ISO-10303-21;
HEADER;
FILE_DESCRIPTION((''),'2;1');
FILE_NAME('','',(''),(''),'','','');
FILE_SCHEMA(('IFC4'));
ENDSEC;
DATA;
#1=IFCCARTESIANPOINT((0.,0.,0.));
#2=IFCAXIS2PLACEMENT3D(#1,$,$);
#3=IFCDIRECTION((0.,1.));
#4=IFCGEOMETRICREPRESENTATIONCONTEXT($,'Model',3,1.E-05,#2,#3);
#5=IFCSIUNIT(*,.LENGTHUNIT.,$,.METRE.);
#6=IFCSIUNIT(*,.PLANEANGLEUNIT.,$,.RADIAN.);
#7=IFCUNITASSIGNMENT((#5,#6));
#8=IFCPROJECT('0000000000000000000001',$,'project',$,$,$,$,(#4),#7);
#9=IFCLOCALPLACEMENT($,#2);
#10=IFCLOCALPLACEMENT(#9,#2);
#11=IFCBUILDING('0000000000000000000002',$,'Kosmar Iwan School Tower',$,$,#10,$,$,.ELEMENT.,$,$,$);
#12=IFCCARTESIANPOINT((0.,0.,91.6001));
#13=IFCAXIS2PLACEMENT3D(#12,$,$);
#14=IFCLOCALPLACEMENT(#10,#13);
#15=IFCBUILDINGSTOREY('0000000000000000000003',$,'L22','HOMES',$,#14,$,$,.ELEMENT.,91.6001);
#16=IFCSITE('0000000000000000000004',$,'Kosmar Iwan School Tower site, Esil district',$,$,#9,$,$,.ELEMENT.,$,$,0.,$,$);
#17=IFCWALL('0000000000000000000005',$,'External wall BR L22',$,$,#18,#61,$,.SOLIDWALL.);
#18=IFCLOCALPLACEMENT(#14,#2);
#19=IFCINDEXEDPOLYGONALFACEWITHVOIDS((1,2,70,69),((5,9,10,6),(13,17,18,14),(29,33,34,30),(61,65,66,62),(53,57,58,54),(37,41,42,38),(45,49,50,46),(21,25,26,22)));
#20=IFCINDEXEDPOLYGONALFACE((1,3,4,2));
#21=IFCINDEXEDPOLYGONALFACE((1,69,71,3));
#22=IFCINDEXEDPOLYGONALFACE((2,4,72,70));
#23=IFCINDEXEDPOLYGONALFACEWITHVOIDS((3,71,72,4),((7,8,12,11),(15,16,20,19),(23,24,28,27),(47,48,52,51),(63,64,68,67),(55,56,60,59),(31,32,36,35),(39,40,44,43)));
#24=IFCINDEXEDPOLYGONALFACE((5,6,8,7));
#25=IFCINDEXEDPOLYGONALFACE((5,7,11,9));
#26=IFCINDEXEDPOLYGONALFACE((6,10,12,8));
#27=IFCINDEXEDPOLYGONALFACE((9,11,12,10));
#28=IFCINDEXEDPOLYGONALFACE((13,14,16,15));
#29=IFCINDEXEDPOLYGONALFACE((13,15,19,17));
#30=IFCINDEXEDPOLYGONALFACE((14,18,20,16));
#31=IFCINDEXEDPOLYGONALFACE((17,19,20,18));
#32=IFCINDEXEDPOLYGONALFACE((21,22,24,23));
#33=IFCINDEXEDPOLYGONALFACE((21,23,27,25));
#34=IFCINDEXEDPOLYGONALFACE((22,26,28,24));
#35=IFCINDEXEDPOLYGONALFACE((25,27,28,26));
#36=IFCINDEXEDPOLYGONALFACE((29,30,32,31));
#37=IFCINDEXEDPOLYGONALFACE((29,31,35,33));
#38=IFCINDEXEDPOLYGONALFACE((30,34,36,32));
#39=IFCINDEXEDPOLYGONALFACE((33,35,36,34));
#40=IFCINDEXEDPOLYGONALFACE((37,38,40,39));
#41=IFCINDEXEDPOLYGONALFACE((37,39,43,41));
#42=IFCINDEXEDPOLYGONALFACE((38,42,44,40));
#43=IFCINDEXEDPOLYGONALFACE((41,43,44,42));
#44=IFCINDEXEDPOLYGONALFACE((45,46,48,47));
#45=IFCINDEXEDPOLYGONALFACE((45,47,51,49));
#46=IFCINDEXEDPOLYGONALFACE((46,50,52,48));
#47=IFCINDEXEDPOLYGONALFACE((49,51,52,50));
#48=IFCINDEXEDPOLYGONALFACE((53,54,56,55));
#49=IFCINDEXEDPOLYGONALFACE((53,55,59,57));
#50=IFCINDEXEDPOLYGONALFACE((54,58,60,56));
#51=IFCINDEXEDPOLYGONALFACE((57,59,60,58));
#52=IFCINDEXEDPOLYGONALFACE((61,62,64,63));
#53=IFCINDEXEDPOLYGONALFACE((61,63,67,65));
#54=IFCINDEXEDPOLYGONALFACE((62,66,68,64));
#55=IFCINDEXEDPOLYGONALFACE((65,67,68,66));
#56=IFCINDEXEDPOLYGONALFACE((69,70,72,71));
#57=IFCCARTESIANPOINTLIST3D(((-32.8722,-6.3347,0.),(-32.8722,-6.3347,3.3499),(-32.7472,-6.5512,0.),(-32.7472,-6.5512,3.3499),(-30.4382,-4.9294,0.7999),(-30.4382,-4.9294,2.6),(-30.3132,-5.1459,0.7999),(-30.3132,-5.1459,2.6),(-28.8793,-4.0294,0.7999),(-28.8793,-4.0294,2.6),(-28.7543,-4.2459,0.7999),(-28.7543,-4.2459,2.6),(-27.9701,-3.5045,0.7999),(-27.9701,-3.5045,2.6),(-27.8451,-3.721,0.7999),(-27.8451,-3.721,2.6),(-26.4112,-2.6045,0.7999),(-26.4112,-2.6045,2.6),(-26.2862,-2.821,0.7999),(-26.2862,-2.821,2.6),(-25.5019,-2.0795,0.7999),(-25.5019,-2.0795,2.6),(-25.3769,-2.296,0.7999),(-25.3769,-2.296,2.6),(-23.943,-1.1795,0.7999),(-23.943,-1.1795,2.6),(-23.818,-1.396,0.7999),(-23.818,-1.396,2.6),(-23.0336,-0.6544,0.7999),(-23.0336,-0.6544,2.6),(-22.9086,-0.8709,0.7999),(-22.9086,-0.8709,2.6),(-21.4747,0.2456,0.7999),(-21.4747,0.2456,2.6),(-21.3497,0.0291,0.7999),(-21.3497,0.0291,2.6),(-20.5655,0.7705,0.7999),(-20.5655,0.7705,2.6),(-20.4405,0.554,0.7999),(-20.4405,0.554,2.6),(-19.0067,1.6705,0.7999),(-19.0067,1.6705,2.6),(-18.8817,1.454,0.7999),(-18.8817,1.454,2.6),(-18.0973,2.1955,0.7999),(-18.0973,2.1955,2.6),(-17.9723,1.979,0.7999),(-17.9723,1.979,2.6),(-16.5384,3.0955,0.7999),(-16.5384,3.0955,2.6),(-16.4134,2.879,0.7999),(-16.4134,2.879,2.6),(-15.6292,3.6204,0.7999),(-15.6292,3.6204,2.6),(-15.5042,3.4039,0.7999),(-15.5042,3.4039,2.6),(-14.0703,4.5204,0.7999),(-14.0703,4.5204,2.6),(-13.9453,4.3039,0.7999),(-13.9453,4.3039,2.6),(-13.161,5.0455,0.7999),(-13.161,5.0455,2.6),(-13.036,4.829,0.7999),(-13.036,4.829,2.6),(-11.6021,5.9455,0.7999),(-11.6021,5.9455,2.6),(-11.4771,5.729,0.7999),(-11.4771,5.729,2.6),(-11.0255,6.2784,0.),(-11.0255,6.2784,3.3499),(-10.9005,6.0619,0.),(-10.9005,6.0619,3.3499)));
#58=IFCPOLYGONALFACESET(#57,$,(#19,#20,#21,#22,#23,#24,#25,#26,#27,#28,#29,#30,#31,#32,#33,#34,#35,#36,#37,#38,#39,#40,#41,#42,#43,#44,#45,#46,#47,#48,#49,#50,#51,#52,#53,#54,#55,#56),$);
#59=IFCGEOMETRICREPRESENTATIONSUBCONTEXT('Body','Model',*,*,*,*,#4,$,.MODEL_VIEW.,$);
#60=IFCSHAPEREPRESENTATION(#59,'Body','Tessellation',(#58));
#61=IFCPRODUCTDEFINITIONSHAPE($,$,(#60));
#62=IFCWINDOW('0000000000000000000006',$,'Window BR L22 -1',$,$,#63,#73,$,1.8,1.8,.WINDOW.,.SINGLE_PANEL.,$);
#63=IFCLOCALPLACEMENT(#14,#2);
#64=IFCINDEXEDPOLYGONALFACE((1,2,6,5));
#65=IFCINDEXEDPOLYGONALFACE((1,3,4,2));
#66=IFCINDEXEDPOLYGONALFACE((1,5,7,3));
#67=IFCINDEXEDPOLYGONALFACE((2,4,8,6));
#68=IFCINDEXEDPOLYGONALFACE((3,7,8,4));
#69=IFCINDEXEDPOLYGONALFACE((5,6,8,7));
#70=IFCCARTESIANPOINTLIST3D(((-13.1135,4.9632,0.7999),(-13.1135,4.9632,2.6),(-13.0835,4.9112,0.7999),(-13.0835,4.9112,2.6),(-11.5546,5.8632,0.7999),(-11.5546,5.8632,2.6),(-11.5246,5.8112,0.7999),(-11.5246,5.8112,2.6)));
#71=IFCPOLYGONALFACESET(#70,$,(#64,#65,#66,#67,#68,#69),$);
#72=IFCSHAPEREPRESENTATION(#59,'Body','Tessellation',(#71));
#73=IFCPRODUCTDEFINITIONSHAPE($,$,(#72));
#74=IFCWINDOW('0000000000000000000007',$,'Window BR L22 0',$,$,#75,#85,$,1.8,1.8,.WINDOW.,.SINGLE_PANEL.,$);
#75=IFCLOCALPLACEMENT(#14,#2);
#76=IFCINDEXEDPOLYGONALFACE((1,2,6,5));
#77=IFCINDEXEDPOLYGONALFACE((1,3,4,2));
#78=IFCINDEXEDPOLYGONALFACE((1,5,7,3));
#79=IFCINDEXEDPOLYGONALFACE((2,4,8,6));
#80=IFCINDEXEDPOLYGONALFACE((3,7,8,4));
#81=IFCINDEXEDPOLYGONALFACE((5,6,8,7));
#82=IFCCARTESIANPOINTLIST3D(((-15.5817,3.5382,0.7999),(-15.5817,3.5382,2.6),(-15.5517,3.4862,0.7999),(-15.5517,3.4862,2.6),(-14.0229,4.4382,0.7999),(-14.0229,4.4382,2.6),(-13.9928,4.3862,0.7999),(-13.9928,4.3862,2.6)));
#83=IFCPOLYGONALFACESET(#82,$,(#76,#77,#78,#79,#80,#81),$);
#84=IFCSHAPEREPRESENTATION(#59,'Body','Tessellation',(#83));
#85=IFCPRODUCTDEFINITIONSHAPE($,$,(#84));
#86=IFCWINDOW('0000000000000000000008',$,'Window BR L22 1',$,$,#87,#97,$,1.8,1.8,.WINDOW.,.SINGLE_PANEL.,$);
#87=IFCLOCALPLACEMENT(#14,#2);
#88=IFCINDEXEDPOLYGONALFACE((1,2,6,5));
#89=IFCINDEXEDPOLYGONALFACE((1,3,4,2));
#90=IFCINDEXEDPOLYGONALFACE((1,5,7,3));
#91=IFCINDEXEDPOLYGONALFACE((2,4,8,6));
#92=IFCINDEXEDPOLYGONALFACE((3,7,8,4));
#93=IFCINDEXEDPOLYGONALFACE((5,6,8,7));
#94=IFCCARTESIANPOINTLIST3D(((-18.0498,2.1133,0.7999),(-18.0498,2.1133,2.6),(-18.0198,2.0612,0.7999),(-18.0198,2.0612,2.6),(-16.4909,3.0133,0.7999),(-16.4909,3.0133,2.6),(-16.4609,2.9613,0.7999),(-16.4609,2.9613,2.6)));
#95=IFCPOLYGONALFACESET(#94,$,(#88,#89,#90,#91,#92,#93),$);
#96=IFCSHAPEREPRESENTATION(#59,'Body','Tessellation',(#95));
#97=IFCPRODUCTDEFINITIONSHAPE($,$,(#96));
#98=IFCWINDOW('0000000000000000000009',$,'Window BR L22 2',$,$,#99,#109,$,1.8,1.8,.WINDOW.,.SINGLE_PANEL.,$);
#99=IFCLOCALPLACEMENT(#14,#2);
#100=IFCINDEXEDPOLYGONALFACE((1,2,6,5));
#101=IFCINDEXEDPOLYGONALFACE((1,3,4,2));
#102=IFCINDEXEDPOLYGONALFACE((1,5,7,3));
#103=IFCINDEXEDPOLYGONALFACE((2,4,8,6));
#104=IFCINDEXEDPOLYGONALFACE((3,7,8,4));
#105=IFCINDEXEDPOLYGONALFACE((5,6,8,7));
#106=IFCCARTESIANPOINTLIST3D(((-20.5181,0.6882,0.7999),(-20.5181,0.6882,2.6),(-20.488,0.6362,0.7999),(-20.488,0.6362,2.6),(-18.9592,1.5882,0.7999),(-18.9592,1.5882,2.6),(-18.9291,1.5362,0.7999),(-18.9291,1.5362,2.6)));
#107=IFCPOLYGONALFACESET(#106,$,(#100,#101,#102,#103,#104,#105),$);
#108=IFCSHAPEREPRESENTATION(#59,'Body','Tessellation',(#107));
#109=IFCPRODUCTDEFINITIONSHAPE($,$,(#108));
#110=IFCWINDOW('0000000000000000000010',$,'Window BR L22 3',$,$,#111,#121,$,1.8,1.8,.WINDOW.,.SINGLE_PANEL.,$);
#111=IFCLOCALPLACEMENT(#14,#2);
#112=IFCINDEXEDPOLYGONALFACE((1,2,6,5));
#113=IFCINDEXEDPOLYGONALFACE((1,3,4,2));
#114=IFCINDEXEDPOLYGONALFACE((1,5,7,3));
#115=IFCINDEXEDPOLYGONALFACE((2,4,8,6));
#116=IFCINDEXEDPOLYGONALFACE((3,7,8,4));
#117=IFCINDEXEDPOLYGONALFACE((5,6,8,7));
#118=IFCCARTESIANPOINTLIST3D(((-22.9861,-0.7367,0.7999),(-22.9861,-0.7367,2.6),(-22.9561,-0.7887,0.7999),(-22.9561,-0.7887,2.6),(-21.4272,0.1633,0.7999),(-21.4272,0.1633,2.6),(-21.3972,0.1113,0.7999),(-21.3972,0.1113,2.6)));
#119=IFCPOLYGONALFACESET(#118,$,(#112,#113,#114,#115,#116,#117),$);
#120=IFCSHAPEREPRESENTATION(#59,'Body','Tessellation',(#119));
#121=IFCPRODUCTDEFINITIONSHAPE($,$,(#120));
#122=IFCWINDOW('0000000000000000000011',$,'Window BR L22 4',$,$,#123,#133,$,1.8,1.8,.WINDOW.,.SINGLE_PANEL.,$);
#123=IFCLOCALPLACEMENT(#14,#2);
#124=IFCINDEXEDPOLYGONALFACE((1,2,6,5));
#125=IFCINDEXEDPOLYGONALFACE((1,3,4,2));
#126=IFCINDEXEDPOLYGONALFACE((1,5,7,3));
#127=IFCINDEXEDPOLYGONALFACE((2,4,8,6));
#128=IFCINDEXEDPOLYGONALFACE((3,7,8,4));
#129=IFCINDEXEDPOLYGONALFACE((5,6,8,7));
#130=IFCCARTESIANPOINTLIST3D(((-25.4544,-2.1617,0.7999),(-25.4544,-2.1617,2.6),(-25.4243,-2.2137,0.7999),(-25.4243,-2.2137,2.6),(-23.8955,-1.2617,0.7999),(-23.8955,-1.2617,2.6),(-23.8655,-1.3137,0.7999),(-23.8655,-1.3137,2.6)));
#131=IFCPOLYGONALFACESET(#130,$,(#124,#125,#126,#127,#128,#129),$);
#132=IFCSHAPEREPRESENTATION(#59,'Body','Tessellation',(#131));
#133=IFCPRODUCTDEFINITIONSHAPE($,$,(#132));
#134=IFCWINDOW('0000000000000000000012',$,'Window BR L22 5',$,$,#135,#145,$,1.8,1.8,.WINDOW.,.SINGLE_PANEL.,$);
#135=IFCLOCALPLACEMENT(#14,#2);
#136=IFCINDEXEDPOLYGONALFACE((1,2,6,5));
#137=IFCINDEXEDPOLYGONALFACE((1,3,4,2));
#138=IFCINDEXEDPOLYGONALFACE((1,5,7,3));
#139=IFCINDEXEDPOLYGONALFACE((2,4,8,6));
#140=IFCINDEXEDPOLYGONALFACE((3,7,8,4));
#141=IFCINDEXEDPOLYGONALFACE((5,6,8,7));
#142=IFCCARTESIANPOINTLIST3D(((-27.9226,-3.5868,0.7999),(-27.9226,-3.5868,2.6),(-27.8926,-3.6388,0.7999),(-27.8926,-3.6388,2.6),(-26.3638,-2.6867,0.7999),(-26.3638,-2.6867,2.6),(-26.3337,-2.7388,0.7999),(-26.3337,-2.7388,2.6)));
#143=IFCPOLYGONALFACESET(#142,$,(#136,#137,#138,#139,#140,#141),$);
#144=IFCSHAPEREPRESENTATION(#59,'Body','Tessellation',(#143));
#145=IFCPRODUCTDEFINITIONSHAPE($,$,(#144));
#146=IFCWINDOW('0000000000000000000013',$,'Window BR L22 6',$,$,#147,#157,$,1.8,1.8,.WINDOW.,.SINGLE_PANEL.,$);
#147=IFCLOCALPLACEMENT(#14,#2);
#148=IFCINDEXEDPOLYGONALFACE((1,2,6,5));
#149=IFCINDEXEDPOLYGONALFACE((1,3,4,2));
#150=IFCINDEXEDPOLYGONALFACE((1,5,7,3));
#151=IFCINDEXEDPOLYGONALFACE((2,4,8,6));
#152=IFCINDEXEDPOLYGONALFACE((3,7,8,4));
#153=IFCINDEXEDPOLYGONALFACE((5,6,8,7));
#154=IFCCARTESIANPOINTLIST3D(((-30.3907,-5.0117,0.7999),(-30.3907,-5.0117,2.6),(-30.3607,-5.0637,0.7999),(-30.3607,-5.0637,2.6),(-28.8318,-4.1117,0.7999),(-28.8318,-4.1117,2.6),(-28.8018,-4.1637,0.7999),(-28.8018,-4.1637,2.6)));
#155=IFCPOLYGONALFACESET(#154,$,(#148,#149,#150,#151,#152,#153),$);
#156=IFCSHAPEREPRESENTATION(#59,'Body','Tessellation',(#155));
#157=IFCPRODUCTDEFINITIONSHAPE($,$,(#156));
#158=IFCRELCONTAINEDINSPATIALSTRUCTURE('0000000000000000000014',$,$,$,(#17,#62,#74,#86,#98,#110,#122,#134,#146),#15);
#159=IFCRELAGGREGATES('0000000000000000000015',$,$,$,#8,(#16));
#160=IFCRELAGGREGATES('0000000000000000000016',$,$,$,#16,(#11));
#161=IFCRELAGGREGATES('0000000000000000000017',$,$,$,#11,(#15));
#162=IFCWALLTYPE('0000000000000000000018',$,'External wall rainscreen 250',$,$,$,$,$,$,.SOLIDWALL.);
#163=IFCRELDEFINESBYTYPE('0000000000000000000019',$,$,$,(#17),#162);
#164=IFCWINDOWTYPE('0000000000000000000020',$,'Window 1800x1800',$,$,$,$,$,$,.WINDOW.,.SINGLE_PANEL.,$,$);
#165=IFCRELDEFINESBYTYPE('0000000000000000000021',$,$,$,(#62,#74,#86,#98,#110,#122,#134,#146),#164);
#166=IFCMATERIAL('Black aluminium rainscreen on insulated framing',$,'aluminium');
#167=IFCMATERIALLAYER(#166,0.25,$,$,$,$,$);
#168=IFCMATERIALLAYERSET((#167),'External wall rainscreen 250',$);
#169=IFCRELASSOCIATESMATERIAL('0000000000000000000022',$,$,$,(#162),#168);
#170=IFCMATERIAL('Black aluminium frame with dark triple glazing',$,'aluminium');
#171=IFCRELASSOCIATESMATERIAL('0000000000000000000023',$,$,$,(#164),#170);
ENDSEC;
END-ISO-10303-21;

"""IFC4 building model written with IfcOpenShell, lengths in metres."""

from ifc_helpers import new_model, si_unit, direction, frame, frame_2d, origin, place, context, subcontext, project, spatial, rectangle, extrude, material, layer, layer_set, type_object, element, fill, save


model = new_model("IFC4")

# Units and contexts
model_context = context("Model", 3, precision=1e-05, world=origin(), true_north=direction((0.0, 1.0)))
body_context = subcontext(model_context, "Body", "Model", "MODEL_VIEW")
ifc_project = project(units=[si_unit("LENGTHUNIT", "METRE"), si_unit("PLANEANGLEUNIT", "RADIAN")], contexts=[model_context])

# Site, building, storey
site_placement = place(None, origin())
site = spatial("IfcSite", under=ifc_project, at=site_placement, Name="Kosmar Iwan School Tower site, Esil district", CompositionType="ELEMENT", RefElevation=0.0)
building_placement = place(site_placement, origin())
building = spatial("IfcBuilding", under=site, at=building_placement, Name="Kosmar Iwan School Tower", CompositionType="ELEMENT")
storey_placement = place(building_placement, frame((0.0, 0.0, 91.6001)))
storey = spatial("IfcBuildingStorey", under=building, at=storey_placement, Name="L22", Description="HOMES", CompositionType="ELEMENT", Elevation=91.6001)

# Wall, openings, windows
ifc_material_1 = material(Name="Black aluminium rainscreen on insulated framing", Category="aluminium")
ifc_layer = layer(ifc_material_1, 0.25)
ifc_layer_set = layer_set([ifc_layer], Name="External wall rainscreen 250")
wall_type = type_object("IfcWallType", Name="External wall rainscreen 250", PredefinedType="SOLIDWALL", material=ifc_layer_set)
ifc_material_2 = material(Name="Black aluminium frame with dark triple glazing", Category="aluminium")
window_type = type_object("IfcWindowType", Name="Window 1800x1800", PartitioningType="SINGLE_PANEL", PredefinedType="WINDOW", material=ifc_material_2)
wall_1_placement = place(storey_placement, frame((-10.9629, 6.1702, 0.0), z_axis=(0.0, 0.0, 1.0), x_axis=(-0.866028, -0.499996, 0.0)))
wall_1 = element("IfcWall", 1, at=wall_1_placement, inside=storey, type_object=wall_type, Name="External wall BR L22", PredefinedType="SOLIDWALL", context=body_context, shape_type="SweptSolid", body=[
    extrude(rectangle(XDim=25.2263, YDim=0.25, at=frame_2d((12.6133, 0.0))), origin(), (0.0, 0.0, 1.0), 3.3499),
])
opening_1_placement = place(wall_1_placement, frame((0.666, 0.0, 0.8)))
opening_1 = element("IfcOpeningElement", 2, at=opening_1_placement, cuts=wall_1, PredefinedType="OPENING", context=body_context, shape_type="SweptSolid", body=[
    extrude(rectangle(XDim=1.8, YDim=1.8, at=frame_2d((0.8999, 0.8999))), frame((0.0, 0.137, 0.0), z_axis=(0.0, -1.0, 0.0), x_axis=(1.0, 0.0, 0.0)), (0.0, 0.0, 1.0), 0.2739),
])
opening_2_placement = place(wall_1_placement, frame((3.5161, 0.0, 0.8)))
opening_2 = element("IfcOpeningElement", 3, at=opening_2_placement, cuts=wall_1, PredefinedType="OPENING", context=body_context, shape_type="SweptSolid", body=[
    extrude(rectangle(XDim=1.8, YDim=1.8, at=frame_2d((0.8999, 0.8999))), frame((0.0, 0.137, 0.0), z_axis=(0.0, -1.0, 0.0), x_axis=(1.0, 0.0, 0.0)), (0.0, 0.0, 1.0), 0.2739),
])
opening_3_placement = place(wall_1_placement, frame((6.366, 0.0, 0.8)))
opening_3 = element("IfcOpeningElement", 4, at=opening_3_placement, cuts=wall_1, PredefinedType="OPENING", context=body_context, shape_type="SweptSolid", body=[
    extrude(rectangle(XDim=1.8, YDim=1.8, at=frame_2d((0.8999, 0.8999))), frame((0.0, 0.137, 0.0), z_axis=(0.0, -1.0, 0.0), x_axis=(1.0, 0.0, 0.0)), (0.0, 0.0, 1.0), 0.2739),
])
opening_4_placement = place(wall_1_placement, frame((9.2161, 0.0, 0.8)))
opening_4 = element("IfcOpeningElement", 5, at=opening_4_placement, cuts=wall_1, PredefinedType="OPENING", context=body_context, shape_type="SweptSolid", body=[
    extrude(rectangle(XDim=1.8, YDim=1.8, at=frame_2d((0.8999, 0.8999))), frame((0.0, 0.137, 0.0), z_axis=(0.0, -1.0, 0.0), x_axis=(1.0, 0.0, 0.0)), (0.0, 0.0, 1.0), 0.2739),
])
opening_5_placement = place(wall_1_placement, frame((12.0659, 0.0, 0.8)))
opening_5 = element("IfcOpeningElement", 6, at=opening_5_placement, cuts=wall_1, PredefinedType="OPENING", context=body_context, shape_type="SweptSolid", body=[
    extrude(rectangle(XDim=1.8, YDim=1.8, at=frame_2d((0.8999, 0.8999))), frame((0.0, 0.137, 0.0), z_axis=(0.0, -1.0, 0.0), x_axis=(1.0, 0.0, 0.0)), (0.0, 0.0, 1.0), 0.2739),
])
opening_6_placement = place(wall_1_placement, frame((14.916, 0.0, 0.8)))
opening_6 = element("IfcOpeningElement", 7, at=opening_6_placement, cuts=wall_1, PredefinedType="OPENING", context=body_context, shape_type="SweptSolid", body=[
    extrude(rectangle(XDim=1.8, YDim=1.8, at=frame_2d((0.8999, 0.8999))), frame((0.0, 0.137, 0.0), z_axis=(0.0, -1.0, 0.0), x_axis=(1.0, 0.0, 0.0)), (0.0, 0.0, 1.0), 0.2739),
])
opening_7_placement = place(wall_1_placement, frame((17.7661, 0.0, 0.8)))
opening_7 = element("IfcOpeningElement", 8, at=opening_7_placement, cuts=wall_1, PredefinedType="OPENING", context=body_context, shape_type="SweptSolid", body=[
    extrude(rectangle(XDim=1.8, YDim=1.8, at=frame_2d((0.8999, 0.8999))), frame((0.0, 0.137, 0.0), z_axis=(0.0, -1.0, 0.0), x_axis=(1.0, 0.0, 0.0)), (0.0, 0.0, 1.0), 0.2739),
])
opening_8_placement = place(wall_1_placement, frame((20.616, 0.0, 0.8)))
opening_8 = element("IfcOpeningElement", 9, at=opening_8_placement, cuts=wall_1, PredefinedType="OPENING", context=body_context, shape_type="SweptSolid", body=[
    extrude(rectangle(XDim=1.8, YDim=1.8, at=frame_2d((0.8999, 0.8999))), frame((0.0, 0.137, 0.0), z_axis=(0.0, -1.0, 0.0), x_axis=(1.0, 0.0, 0.0)), (0.0, 0.0, 1.0), 0.2739),
])
window_1_placement = place(opening_1_placement, origin())
window_1 = element("IfcWindow", 10, at=window_1_placement, inside=storey, type_object=window_type, Name="Window BR L22 -1", OverallHeight=1.8, OverallWidth=1.8, PartitioningType="SINGLE_PANEL", PredefinedType="WINDOW", context=body_context, shape_type="SweptSolid", body=[
    extrude(rectangle(XDim=1.8, YDim=1.8, at=frame_2d((0.8999, 0.8999))), frame((0.0, 0.03, 0.0), z_axis=(0.0, -1.0, 0.0), x_axis=(1.0, 0.0, 0.0)), (0.0, 0.0, 1.0), 0.0601),
])
fill(opening_1, window_1)
window_2_placement = place(opening_2_placement, origin())
window_2 = element("IfcWindow", 11, at=window_2_placement, inside=storey, type_object=window_type, Name="Window BR L22 0", OverallHeight=1.8, OverallWidth=1.8, PartitioningType="SINGLE_PANEL", PredefinedType="WINDOW", context=body_context, shape_type="SweptSolid", body=[
    extrude(rectangle(XDim=1.8, YDim=1.8, at=frame_2d((0.8999, 0.8999))), frame((0.0, 0.03, 0.0), z_axis=(0.0, -1.0, 0.0), x_axis=(1.0, 0.0, 0.0)), (0.0, 0.0, 1.0), 0.0601),
])
fill(opening_2, window_2)
window_3_placement = place(opening_3_placement, origin())
window_3 = element("IfcWindow", 12, at=window_3_placement, inside=storey, type_object=window_type, Name="Window BR L22 1", OverallHeight=1.8, OverallWidth=1.8, PartitioningType="SINGLE_PANEL", PredefinedType="WINDOW", context=body_context, shape_type="SweptSolid", body=[
    extrude(rectangle(XDim=1.8, YDim=1.8, at=frame_2d((0.8999, 0.8999))), frame((0.0, 0.03, 0.0), z_axis=(0.0, -1.0, 0.0), x_axis=(1.0, 0.0, 0.0)), (0.0, 0.0, 1.0), 0.0601),
])
fill(opening_3, window_3)
window_4_placement = place(opening_4_placement, origin())
window_4 = element("IfcWindow", 13, at=window_4_placement, inside=storey, type_object=window_type, Name="Window BR L22 2", OverallHeight=1.8, OverallWidth=1.8, PartitioningType="SINGLE_PANEL", PredefinedType="WINDOW", context=body_context, shape_type="SweptSolid", body=[
    extrude(rectangle(XDim=1.8, YDim=1.8, at=frame_2d((0.8999, 0.8999))), frame((0.0, 0.03, 0.0), z_axis=(0.0, -1.0, 0.0), x_axis=(1.0, 0.0, 0.0)), (0.0, 0.0, 1.0), 0.0601),
])
fill(opening_4, window_4)
window_5_placement = place(opening_5_placement, origin())
window_5 = element("IfcWindow", 14, at=window_5_placement, inside=storey, type_object=window_type, Name="Window BR L22 3", OverallHeight=1.8, OverallWidth=1.8, PartitioningType="SINGLE_PANEL", PredefinedType="WINDOW", context=body_context, shape_type="SweptSolid", body=[
    extrude(rectangle(XDim=1.8, YDim=1.8, at=frame_2d((0.8999, 0.8999))), frame((0.0, 0.03, 0.0), z_axis=(0.0, -1.0, 0.0), x_axis=(1.0, 0.0, 0.0)), (0.0, 0.0, 1.0), 0.0601),
])
fill(opening_5, window_5)
window_6_placement = place(opening_6_placement, origin())
window_6 = element("IfcWindow", 15, at=window_6_placement, inside=storey, type_object=window_type, Name="Window BR L22 4", OverallHeight=1.8, OverallWidth=1.8, PartitioningType="SINGLE_PANEL", PredefinedType="WINDOW", context=body_context, shape_type="SweptSolid", body=[
    extrude(rectangle(XDim=1.8, YDim=1.8, at=frame_2d((0.8999, 0.8999))), frame((0.0, 0.03, 0.0), z_axis=(0.0, -1.0, 0.0), x_axis=(1.0, 0.0, 0.0)), (0.0, 0.0, 1.0), 0.0601),
])
fill(opening_6, window_6)
window_7_placement = place(opening_7_placement, origin())
window_7 = element("IfcWindow", 16, at=window_7_placement, inside=storey, type_object=window_type, Name="Window BR L22 5", OverallHeight=1.8, OverallWidth=1.8, PartitioningType="SINGLE_PANEL", PredefinedType="WINDOW", context=body_context, shape_type="SweptSolid", body=[
    extrude(rectangle(XDim=1.8, YDim=1.8, at=frame_2d((0.8999, 0.8999))), frame((0.0, 0.03, 0.0), z_axis=(0.0, -1.0, 0.0), x_axis=(1.0, 0.0, 0.0)), (0.0, 0.0, 1.0), 0.0601),
])
fill(opening_7, window_7)
window_8_placement = place(opening_8_placement, origin())
window_8 = element("IfcWindow", 17, at=window_8_placement, inside=storey, type_object=window_type, Name="Window BR L22 6", OverallHeight=1.8, OverallWidth=1.8, PartitioningType="SINGLE_PANEL", PredefinedType="WINDOW", context=body_context, shape_type="SweptSolid", body=[
    extrude(rectangle(XDim=1.8, YDim=1.8, at=frame_2d((0.8999, 0.8999))), frame((0.0, 0.03, 0.0), z_axis=(0.0, -1.0, 0.0), x_axis=(1.0, 0.0, 0.0)), (0.0, 0.0, 1.0), 0.0601),
])
fill(opening_8, window_8)

save(model, "model.ifc")
